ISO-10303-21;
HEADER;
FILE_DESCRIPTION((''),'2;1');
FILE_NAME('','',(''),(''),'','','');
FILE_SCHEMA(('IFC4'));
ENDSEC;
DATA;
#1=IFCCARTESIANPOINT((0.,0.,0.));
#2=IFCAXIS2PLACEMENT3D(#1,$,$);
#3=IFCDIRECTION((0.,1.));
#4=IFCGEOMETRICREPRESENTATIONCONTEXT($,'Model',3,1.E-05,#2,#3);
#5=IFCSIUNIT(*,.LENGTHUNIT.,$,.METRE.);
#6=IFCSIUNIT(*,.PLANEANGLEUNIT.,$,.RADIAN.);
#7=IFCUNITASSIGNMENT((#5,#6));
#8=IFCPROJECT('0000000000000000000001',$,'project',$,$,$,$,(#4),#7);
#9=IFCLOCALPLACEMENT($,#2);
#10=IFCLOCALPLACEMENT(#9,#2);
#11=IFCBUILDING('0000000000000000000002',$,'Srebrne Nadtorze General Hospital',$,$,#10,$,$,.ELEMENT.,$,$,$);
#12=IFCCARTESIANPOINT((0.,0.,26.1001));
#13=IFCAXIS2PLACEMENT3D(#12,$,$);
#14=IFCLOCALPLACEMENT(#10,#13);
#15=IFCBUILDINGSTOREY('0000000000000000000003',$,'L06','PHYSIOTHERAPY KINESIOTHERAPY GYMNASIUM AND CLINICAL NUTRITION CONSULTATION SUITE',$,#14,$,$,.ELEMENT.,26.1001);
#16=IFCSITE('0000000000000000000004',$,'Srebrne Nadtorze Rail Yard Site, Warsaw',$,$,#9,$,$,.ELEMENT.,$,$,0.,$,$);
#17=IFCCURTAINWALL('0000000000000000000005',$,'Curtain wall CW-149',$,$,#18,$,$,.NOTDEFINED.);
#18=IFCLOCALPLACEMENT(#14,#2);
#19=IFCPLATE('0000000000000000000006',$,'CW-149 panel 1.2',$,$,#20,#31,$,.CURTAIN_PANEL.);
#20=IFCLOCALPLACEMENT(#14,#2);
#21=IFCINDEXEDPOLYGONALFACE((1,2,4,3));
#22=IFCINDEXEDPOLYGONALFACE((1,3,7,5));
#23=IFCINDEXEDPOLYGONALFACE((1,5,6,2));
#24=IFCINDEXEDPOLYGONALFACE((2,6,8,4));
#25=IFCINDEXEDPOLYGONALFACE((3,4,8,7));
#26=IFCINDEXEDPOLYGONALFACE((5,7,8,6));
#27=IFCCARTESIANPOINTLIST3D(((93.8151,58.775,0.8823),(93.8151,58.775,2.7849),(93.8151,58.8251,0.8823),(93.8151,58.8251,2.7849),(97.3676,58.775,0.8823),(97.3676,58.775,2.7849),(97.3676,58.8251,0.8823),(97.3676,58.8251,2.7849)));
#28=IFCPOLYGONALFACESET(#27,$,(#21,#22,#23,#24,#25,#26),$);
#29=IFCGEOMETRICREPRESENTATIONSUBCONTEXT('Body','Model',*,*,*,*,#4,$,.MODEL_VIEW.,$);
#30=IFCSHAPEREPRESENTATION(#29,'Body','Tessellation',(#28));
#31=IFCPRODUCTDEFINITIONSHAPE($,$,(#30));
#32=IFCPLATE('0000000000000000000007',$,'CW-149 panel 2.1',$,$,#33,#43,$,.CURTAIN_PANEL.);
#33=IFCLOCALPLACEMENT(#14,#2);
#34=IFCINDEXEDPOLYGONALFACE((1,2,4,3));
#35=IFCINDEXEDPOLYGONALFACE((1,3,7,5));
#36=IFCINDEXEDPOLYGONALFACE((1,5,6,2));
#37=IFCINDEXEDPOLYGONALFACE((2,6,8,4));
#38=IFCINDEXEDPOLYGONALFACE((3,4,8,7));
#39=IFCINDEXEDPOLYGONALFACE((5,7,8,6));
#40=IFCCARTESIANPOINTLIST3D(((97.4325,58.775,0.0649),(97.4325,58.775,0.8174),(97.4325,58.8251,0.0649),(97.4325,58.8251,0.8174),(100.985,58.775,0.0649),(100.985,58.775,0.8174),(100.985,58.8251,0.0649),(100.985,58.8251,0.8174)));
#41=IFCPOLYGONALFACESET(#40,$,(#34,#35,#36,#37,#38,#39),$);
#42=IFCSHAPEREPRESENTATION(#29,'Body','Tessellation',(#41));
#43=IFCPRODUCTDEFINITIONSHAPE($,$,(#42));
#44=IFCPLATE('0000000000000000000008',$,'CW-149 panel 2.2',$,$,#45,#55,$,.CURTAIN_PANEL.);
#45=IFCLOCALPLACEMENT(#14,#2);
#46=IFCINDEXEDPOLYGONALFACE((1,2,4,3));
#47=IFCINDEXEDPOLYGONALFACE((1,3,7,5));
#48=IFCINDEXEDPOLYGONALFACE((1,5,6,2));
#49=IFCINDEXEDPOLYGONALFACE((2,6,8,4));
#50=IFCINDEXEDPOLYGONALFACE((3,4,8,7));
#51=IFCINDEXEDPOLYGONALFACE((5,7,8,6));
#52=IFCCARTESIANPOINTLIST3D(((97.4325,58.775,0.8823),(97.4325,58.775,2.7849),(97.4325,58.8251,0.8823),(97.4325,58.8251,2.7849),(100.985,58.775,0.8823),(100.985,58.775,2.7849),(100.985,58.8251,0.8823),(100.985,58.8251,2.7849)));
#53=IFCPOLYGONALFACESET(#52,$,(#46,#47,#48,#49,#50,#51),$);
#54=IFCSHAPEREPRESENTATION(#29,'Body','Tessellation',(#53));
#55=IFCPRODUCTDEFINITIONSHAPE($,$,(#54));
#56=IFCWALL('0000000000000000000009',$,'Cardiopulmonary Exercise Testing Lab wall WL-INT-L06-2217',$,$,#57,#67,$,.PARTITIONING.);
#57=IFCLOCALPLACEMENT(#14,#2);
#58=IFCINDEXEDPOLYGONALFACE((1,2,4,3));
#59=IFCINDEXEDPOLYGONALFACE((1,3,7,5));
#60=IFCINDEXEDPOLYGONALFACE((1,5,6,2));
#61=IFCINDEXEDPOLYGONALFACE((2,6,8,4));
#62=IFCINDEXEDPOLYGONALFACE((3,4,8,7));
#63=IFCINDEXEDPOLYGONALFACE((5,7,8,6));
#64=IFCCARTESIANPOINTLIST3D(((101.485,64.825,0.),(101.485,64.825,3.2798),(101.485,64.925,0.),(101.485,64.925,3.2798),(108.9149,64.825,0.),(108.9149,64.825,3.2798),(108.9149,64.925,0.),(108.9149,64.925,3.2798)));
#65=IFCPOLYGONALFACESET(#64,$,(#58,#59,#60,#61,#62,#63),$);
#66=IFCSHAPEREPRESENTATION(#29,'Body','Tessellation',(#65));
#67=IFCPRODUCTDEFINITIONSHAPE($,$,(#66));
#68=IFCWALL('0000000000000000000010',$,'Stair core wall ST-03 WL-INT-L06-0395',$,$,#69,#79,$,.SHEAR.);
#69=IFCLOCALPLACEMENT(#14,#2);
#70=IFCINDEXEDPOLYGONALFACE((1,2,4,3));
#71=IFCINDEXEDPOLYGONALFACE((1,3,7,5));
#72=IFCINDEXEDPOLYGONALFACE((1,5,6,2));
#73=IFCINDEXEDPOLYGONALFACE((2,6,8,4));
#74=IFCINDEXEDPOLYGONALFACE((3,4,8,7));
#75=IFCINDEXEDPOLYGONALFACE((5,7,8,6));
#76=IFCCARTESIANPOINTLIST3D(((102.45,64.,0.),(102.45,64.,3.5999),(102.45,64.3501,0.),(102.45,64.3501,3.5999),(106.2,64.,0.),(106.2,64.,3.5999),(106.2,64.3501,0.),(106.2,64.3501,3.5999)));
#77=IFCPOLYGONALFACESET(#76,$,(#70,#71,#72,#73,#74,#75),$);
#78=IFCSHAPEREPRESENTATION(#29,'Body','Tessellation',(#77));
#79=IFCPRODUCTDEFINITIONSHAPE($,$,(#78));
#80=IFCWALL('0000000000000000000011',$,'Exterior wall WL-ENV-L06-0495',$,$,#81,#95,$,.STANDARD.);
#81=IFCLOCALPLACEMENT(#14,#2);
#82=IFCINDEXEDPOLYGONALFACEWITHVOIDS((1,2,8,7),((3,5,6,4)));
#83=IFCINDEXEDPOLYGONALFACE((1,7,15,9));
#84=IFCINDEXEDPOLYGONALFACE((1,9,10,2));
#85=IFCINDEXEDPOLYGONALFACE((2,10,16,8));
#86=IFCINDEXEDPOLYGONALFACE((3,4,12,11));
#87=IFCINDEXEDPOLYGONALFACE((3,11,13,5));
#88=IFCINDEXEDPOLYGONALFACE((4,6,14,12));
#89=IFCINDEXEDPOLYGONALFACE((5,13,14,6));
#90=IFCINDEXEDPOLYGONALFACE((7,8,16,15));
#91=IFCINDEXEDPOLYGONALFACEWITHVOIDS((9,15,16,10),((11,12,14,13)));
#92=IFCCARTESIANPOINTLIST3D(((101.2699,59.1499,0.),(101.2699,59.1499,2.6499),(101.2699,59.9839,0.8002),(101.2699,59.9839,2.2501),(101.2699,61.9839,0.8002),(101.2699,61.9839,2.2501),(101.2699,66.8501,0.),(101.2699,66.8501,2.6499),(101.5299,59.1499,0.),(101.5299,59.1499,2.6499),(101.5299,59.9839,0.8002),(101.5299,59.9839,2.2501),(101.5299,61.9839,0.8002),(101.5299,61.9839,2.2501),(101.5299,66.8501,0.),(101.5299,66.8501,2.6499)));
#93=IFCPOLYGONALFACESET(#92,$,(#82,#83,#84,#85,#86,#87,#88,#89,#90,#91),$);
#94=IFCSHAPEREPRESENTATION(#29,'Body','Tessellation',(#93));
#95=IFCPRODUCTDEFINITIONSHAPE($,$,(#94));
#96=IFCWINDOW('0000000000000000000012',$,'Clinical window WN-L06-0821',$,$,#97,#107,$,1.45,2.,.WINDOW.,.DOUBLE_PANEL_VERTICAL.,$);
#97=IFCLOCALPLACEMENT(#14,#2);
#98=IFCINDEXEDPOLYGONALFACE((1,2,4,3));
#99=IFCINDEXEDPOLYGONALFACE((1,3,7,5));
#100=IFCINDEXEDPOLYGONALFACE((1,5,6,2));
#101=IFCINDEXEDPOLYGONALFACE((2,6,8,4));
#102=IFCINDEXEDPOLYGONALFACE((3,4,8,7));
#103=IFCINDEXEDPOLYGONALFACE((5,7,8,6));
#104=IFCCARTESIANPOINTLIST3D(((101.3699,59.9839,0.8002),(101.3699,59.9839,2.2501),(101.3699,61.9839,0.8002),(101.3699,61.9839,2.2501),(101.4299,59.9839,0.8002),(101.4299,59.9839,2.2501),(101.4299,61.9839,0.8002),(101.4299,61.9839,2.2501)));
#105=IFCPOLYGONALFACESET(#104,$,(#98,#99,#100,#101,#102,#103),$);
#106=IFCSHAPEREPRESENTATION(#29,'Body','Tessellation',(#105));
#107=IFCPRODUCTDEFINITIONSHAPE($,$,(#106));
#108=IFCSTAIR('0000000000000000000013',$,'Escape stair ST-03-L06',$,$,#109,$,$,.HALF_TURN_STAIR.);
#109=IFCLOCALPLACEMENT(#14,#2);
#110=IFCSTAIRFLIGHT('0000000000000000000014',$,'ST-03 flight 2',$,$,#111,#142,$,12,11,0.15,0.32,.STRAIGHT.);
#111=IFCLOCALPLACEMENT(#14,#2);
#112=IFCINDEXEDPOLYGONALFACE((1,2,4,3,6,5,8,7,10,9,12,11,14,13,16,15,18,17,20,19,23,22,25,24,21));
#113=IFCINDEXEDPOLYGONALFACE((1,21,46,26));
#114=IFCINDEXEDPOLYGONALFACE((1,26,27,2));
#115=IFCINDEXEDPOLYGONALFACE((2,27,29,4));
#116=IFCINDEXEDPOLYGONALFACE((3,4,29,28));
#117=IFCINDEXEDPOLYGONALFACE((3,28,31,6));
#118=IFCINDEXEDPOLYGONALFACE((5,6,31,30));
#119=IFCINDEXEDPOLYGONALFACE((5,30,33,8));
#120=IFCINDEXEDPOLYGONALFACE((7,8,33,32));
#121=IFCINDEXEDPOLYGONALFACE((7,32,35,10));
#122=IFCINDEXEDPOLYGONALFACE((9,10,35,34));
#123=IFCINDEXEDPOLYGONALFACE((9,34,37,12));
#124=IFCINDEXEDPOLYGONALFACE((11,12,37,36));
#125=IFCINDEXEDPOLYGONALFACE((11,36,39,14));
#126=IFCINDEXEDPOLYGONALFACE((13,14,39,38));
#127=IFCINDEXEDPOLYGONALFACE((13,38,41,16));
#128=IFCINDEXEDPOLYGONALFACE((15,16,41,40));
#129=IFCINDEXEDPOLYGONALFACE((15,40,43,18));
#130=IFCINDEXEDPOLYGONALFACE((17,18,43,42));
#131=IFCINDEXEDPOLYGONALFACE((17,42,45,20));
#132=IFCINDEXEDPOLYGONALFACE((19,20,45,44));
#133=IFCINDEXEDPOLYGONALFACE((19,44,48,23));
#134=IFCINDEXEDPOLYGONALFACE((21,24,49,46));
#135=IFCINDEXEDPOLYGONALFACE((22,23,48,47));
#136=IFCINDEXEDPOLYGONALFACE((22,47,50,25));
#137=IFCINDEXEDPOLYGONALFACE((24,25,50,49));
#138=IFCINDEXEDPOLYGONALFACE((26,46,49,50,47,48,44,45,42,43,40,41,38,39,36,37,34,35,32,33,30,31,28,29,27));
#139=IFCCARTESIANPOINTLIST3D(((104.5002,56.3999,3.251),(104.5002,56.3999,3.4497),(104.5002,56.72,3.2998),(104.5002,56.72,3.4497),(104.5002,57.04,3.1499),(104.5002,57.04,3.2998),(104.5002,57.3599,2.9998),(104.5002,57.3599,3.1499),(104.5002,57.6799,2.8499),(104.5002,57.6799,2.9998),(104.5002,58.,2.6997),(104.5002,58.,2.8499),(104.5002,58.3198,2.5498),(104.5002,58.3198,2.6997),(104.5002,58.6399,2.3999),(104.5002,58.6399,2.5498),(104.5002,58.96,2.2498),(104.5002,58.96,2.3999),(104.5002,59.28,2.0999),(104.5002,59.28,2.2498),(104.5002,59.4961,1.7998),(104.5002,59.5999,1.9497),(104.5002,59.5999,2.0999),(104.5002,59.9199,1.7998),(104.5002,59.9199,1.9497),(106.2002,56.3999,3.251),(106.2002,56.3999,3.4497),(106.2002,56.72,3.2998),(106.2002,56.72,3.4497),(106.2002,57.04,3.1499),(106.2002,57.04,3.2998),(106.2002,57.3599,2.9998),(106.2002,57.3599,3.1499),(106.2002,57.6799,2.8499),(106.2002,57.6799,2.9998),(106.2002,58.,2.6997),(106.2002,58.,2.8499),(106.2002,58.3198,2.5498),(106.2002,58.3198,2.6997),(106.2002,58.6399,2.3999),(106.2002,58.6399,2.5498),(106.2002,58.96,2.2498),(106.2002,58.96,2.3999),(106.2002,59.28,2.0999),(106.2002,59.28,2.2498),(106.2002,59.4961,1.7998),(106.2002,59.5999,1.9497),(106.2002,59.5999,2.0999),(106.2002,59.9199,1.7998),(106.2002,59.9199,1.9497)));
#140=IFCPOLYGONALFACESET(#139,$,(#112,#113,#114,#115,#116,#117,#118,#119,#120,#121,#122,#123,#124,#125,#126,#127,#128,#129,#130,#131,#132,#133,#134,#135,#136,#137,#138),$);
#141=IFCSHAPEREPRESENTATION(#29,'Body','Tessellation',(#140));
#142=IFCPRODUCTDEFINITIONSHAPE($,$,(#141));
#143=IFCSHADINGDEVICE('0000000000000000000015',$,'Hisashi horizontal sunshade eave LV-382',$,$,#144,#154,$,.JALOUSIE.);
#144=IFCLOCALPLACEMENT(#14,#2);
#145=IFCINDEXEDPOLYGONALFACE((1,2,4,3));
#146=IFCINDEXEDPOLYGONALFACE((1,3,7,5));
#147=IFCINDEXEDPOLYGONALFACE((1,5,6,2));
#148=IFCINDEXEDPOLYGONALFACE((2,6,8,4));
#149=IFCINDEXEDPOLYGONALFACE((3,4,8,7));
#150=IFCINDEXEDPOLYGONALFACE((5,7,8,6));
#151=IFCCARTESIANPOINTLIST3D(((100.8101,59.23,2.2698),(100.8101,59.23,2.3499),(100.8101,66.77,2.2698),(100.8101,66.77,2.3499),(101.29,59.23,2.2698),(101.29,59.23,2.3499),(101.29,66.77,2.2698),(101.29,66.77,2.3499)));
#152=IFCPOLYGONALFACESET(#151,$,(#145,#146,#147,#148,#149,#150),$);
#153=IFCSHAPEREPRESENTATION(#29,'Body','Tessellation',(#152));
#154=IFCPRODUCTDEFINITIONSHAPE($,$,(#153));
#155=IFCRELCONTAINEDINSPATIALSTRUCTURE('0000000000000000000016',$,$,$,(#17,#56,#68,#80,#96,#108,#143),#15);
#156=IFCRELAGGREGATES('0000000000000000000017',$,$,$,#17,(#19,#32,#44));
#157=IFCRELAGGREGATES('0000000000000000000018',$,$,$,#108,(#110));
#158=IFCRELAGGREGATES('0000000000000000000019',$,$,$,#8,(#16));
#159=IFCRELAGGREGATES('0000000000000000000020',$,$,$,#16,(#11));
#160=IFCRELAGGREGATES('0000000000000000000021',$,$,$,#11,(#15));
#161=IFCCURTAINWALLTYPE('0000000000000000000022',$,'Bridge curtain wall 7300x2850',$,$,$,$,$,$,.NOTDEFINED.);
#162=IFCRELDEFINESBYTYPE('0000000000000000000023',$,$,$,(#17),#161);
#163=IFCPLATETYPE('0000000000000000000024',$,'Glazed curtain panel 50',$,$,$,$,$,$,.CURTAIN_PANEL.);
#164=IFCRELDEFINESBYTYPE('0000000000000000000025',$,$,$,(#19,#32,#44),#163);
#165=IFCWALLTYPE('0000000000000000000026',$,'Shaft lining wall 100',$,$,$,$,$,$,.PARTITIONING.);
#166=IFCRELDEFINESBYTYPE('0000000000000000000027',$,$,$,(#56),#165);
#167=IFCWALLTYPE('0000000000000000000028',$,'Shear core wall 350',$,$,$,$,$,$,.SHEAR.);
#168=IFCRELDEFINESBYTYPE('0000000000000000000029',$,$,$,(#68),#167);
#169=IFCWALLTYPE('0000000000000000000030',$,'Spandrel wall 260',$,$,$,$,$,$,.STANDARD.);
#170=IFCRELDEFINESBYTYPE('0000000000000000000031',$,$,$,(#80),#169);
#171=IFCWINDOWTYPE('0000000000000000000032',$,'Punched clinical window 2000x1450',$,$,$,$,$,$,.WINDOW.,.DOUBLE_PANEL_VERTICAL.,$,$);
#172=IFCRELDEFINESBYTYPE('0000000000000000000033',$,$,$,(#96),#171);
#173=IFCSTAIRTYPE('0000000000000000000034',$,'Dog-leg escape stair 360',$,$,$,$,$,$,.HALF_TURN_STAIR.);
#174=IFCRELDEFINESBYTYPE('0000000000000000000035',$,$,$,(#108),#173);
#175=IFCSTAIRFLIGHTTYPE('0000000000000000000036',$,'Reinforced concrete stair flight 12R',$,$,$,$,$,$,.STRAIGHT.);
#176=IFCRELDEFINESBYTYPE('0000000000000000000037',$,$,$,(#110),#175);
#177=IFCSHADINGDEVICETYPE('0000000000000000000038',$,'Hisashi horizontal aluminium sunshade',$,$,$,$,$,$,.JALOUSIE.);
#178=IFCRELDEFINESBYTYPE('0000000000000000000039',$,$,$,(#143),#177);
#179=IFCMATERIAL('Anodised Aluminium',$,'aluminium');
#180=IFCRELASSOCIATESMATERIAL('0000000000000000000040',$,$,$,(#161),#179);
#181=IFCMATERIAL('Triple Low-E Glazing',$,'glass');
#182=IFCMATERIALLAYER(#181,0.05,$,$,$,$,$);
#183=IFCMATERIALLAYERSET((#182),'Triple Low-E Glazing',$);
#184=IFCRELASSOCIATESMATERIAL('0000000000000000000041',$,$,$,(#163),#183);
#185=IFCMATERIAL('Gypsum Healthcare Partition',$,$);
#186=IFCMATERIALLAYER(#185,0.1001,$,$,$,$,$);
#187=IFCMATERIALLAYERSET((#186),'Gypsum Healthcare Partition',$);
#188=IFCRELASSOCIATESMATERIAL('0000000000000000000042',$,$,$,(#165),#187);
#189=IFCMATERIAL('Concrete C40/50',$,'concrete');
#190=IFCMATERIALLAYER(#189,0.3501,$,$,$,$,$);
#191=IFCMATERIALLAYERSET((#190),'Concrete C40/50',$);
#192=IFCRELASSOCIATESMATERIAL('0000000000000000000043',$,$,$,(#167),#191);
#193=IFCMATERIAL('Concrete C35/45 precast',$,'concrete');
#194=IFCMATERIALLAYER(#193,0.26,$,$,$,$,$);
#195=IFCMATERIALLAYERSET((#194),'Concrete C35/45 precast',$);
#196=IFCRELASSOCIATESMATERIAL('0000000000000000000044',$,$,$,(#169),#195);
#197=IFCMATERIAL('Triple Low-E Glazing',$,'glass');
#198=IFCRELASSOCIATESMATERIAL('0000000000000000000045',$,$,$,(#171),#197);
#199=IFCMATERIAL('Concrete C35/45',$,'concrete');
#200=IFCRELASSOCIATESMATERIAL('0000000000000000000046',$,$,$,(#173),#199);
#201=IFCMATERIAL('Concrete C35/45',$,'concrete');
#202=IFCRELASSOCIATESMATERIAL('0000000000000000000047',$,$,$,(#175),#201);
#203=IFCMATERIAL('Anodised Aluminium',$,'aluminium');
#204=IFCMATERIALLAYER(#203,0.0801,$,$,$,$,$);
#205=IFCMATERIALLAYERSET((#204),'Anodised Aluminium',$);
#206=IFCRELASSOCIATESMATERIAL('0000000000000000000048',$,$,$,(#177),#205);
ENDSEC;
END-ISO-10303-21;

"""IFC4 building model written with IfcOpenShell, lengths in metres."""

from ifc_helpers import new_model, si_unit, direction, frame, frame_2d, origin, origin_2d, place, context, subcontext, project, spatial, polyline, rectangle, outline, extrude, material, layer, layer_set, type_object, element, fill, aggregate, save


model = new_model("IFC4")

# Units and contexts
model_context = context("Model", 3, precision=1e-05, world=origin(), true_north=direction((0.0, 1.0)))
body_context = subcontext(model_context, "Body", "Model", "MODEL_VIEW")
ifc_project = project(units=[si_unit("LENGTHUNIT", "METRE"), si_unit("PLANEANGLEUNIT", "RADIAN")], contexts=[model_context])

# Site, building, storey
site_placement = place(None, origin())
site = spatial("IfcSite", under=ifc_project, at=site_placement, Name="Srebrne Nadtorze Rail Yard Site, Warsaw", CompositionType="ELEMENT", RefElevation=0.0)
building_placement = place(site_placement, origin())
building = spatial("IfcBuilding", under=site, at=building_placement, Name="Srebrne Nadtorze General Hospital", CompositionType="ELEMENT")
storey_placement = place(building_placement, frame((0.0, 0.0, 26.1001)))
storey = spatial("IfcBuildingStorey", under=building, at=storey_placement, Name="L06", Description="PHYSIOTHERAPY KINESIOTHERAPY GYMNASIUM AND CLINICAL NUTRITION CONSULTATION SUITE", CompositionType="ELEMENT", Elevation=26.1001)

# Curtain wall
ifc_material_1 = material(Name="Anodised Aluminium", Category="aluminium")
curtain_wall_type_1 = type_object("IfcCurtainWallType", Name="Bridge curtain wall 7300x2850", PredefinedType="NOTDEFINED", material=ifc_material_1)
curtain_wall_1_placement = place(storey_placement, origin())
curtain_wall_1 = element("IfcCurtainWall", 1, at=curtain_wall_1_placement, inside=storey, type_object=curtain_wall_type_1, Name="Curtain wall CW-149", PredefinedType="NOTDEFINED")

# Plates
ifc_material_2 = material(Name="Triple Low-E Glazing", Category="glass")
ifc_layer_1 = layer(ifc_material_2, 0.05)
ifc_layer_set_1 = layer_set([ifc_layer_1], Name="Triple Low-E Glazing")
plate_type = type_object("IfcPlateType", Name="Glazed curtain panel 50", PredefinedType="CURTAIN_PANEL", material=ifc_layer_set_1)
plate_1_placement = place(storey_placement, frame((95.5913, 58.8, 0.8823), z_axis=(0.0, 0.0, 1.0), x_axis=(1.0, 0.0, 0.0)))
plate_1 = element("IfcPlate", 2, at=plate_1_placement, type_object=plate_type, Name="CW-149 panel 1.2", PredefinedType="CURTAIN_PANEL", context=body_context, shape_type="SweptSolid", body=[
    extrude(rectangle(XDim=3.5525, YDim=0.05, at=origin_2d()), origin(), (0.0, 0.0, 1.0), 1.9026),
])
plate_2_placement = place(storey_placement, frame((99.2087, 58.8, 0.0649), z_axis=(0.0, 0.0, 1.0), x_axis=(1.0, 0.0, 0.0)))
plate_2 = element("IfcPlate", 3, at=plate_2_placement, type_object=plate_type, Name="CW-149 panel 2.1", PredefinedType="CURTAIN_PANEL", context=body_context, shape_type="SweptSolid", body=[
    extrude(rectangle(XDim=3.5525, YDim=0.05, at=origin_2d()), origin(), (0.0, 0.0, 1.0), 0.7524),
])
plate_3_placement = place(storey_placement, frame((99.2087, 58.8, 0.8823), z_axis=(0.0, 0.0, 1.0), x_axis=(1.0, 0.0, 0.0)))
plate_3 = element("IfcPlate", 4, at=plate_3_placement, type_object=plate_type, Name="CW-149 panel 2.2", PredefinedType="CURTAIN_PANEL", context=body_context, shape_type="SweptSolid", body=[
    extrude(rectangle(XDim=3.5525, YDim=0.05, at=origin_2d()), origin(), (0.0, 0.0, 1.0), 1.9026),
])
aggregate(curtain_wall_1, [plate_1, plate_2, plate_3])

# Walls
ifc_material_3 = material(Name="Gypsum Healthcare Partition")
ifc_layer_2 = layer(ifc_material_3, 0.1001)
ifc_layer_set_2 = layer_set([ifc_layer_2], Name="Gypsum Healthcare Partition")
wall_type_1 = type_object("IfcWallType", Name="Shaft lining wall 100", PredefinedType="PARTITIONING", material=ifc_layer_set_2)
wall_1_placement = place(storey_placement, frame((101.4851, 64.875, 0.0), z_axis=(0.0, 0.0, 1.0), x_axis=(1.0, 0.0, 0.0)))
element("IfcWall", 5, at=wall_1_placement, inside=storey, type_object=wall_type_1, Name="Cardiopulmonary Exercise Testing Lab wall WL-INT-L06-2217", PredefinedType="PARTITIONING", context=body_context, shape_type="SweptSolid", body=[
    extrude(rectangle(XDim=7.4299, YDim=0.1001, at=frame_2d((3.7148, 0.0))), origin(), (0.0, 0.0, 1.0), 3.2798),
])
ifc_material_4 = material(Name="Concrete C40/50", Category="concrete")
ifc_layer_3 = layer(ifc_material_4, 0.3501)
ifc_layer_set_3 = layer_set([ifc_layer_3], Name="Concrete C40/50")
wall_type_2 = type_object("IfcWallType", Name="Shear core wall 350", PredefinedType="SHEAR", material=ifc_layer_set_3)
wall_2_placement = place(storey_placement, frame((102.45, 64.175, 0.0), z_axis=(0.0, 0.0, 1.0), x_axis=(1.0, 0.0, 0.0)))
element("IfcWall", 6, at=wall_2_placement, inside=storey, type_object=wall_type_2, Name="Stair core wall ST-03 WL-INT-L06-0395", PredefinedType="SHEAR", context=body_context, shape_type="SweptSolid", body=[
    extrude(rectangle(XDim=3.75, YDim=0.3501, at=frame_2d((1.875, 0.0))), origin(), (0.0, 0.0, 1.0), 3.5999),
])

# Wall, opening, window
ifc_material_5 = material(Name="Concrete C35/45 precast", Category="concrete")
ifc_layer_4 = layer(ifc_material_5, 0.26)
ifc_layer_set_4 = layer_set([ifc_layer_4], Name="Concrete C35/45 precast")
wall_type_3 = type_object("IfcWallType", Name="Spandrel wall 260", PredefinedType="STANDARD", material=ifc_layer_set_4)
wall_3_placement = place(storey_placement, frame((101.3999, 59.1499, 0.0), z_axis=(0.0, 0.0, 1.0), x_axis=(0.0, 1.0, 0.0)))
wall_3 = element("IfcWall", 7, at=wall_3_placement, inside=storey, type_object=wall_type_3, Name="Exterior wall WL-ENV-L06-0495", PredefinedType="STANDARD", context=body_context, shape_type="SweptSolid", body=[
    extrude(rectangle(XDim=7.7002, YDim=0.26, at=frame_2d((3.8501, 0.0))), origin(), (0.0, 0.0, 1.0), 2.6499),
])
opening_placement = place(wall_3_placement, frame((0.834, 0.0, 0.8)))
opening = element("IfcOpeningElement", 8, at=opening_placement, cuts=wall_3, PredefinedType="OPENING", context=body_context, shape_type="SweptSolid", body=[
    extrude(rectangle(XDim=2.0, YDim=1.45, at=frame_2d((1.0, 0.7251))), frame((0.0, 0.1421, 0.0), z_axis=(0.0, -1.0, 0.0), x_axis=(1.0, 0.0, 0.0)), (0.0, 0.0, 1.0), 0.2839),
])
ifc_material_6 = material(Name="Triple Low-E Glazing", Category="glass")
window_type = type_object("IfcWindowType", Name="Punched clinical window 2000x1450", PartitioningType="DOUBLE_PANEL_VERTICAL", PredefinedType="WINDOW", material=ifc_material_6)
window_placement = place(opening_placement, origin())
window = element("IfcWindow", 9, at=window_placement, inside=storey, type_object=window_type, Name="Clinical window WN-L06-0821", OverallHeight=1.45, OverallWidth=2.0, PartitioningType="DOUBLE_PANEL_VERTICAL", PredefinedType="WINDOW", context=body_context, shape_type="SweptSolid", body=[
    extrude(rectangle(XDim=2.0, YDim=1.45, at=frame_2d((1.0, 0.7251))), frame((0.0, 0.03, 0.0), z_axis=(0.0, -1.0, 0.0), x_axis=(1.0, 0.0, 0.0)), (0.0, 0.0, 1.0), 0.0601),
])
fill(opening, window)

# Stair, stair flight
ifc_material_7 = material(Name="Concrete C35/45", Category="concrete")
stair_type = type_object("IfcStairType", Name="Dog-leg escape stair 360", PredefinedType="HALF_TURN_STAIR", material=ifc_material_7)
stair_placement = place(storey_placement, origin())
stair = element("IfcStair", 10, at=stair_placement, inside=storey, type_object=stair_type, Name="Escape stair ST-03-L06", PredefinedType="HALF_TURN_STAIR")
ifc_material_8 = material(Name="Concrete C35/45", Category="concrete")
stair_flight_type = type_object("IfcStairFlightType", Name="Reinforced concrete stair flight 12R", PredefinedType="STRAIGHT", material=ifc_material_8)
stair_flight_placement = place(storey_placement, frame((105.3501, 59.9199, 1.7998), z_axis=(0.0, 0.0, 1.0), x_axis=(0.0, -1.0, 0.0)))
stair_flight = element("IfcStairFlight", 11, at=stair_flight_placement, type_object=stair_flight_type, Name="ST-03 flight 2", NumberOfRisers=12, NumberOfTreads=11, PredefinedType="STRAIGHT", RiserHeight=0.15, TreadLength=0.32, context=body_context, shape_type="SweptSolid", body=[
    extrude(outline(polyline([(0.0, 0.0), (0.0, 0.1499), (0.3201, 0.1499), (0.3201, 0.3), (0.6399, 0.3), (0.6399, 0.45), (0.96, 0.45), (0.96, 0.6001), (1.28, 0.6001), (1.28, 0.75), (1.6001, 0.75), (1.6001, 0.8999), (1.9199, 0.8999), (1.9199, 1.05), (2.24, 1.05), (2.24, 1.2), (2.5601, 1.2), (2.5601, 1.3501), (2.8799, 1.3501), (2.8799, 1.5), (3.2, 1.5), (3.2, 1.6499), (3.52, 1.6499), (3.52, 1.8), (3.52, 1.4512), (0.4238, 0.0), (0.0, 0.0)])), frame((0.0, 0.8501, 0.0), z_axis=(0.0, -1.0, 0.0), x_axis=(1.0, 0.0, 0.0)), (0.0, 0.0, 1.0), 1.7),
])
aggregate(stair, [stair_flight])

# Shading device
ifc_material_9 = material(Name="Anodised Aluminium", Category="aluminium")
ifc_layer_5 = layer(ifc_material_9, 0.0801)
ifc_layer_set_5 = layer_set([ifc_layer_5], Name="Anodised Aluminium")
shading_device_type = type_object("IfcShadingDeviceType", Name="Hisashi horizontal aluminium sunshade", PredefinedType="JALOUSIE", material=ifc_layer_set_5)
shading_device_placement = place(storey_placement, frame((101.05, 63.0, 2.2698), z_axis=(0.0, 0.0, 1.0), x_axis=(1.0, 0.0, 0.0)))
element("IfcShadingDevice", 12, at=shading_device_placement, inside=storey, type_object=shading_device_type, Name="Hisashi horizontal sunshade eave LV-382", PredefinedType="JALOUSIE", context=body_context, shape_type="SweptSolid", body=[
    extrude(rectangle(XDim=0.48, YDim=7.54, at=origin_2d()), origin(), (0.0, 0.0, 1.0), 0.0801),
])

save(model, "model.ifc")
